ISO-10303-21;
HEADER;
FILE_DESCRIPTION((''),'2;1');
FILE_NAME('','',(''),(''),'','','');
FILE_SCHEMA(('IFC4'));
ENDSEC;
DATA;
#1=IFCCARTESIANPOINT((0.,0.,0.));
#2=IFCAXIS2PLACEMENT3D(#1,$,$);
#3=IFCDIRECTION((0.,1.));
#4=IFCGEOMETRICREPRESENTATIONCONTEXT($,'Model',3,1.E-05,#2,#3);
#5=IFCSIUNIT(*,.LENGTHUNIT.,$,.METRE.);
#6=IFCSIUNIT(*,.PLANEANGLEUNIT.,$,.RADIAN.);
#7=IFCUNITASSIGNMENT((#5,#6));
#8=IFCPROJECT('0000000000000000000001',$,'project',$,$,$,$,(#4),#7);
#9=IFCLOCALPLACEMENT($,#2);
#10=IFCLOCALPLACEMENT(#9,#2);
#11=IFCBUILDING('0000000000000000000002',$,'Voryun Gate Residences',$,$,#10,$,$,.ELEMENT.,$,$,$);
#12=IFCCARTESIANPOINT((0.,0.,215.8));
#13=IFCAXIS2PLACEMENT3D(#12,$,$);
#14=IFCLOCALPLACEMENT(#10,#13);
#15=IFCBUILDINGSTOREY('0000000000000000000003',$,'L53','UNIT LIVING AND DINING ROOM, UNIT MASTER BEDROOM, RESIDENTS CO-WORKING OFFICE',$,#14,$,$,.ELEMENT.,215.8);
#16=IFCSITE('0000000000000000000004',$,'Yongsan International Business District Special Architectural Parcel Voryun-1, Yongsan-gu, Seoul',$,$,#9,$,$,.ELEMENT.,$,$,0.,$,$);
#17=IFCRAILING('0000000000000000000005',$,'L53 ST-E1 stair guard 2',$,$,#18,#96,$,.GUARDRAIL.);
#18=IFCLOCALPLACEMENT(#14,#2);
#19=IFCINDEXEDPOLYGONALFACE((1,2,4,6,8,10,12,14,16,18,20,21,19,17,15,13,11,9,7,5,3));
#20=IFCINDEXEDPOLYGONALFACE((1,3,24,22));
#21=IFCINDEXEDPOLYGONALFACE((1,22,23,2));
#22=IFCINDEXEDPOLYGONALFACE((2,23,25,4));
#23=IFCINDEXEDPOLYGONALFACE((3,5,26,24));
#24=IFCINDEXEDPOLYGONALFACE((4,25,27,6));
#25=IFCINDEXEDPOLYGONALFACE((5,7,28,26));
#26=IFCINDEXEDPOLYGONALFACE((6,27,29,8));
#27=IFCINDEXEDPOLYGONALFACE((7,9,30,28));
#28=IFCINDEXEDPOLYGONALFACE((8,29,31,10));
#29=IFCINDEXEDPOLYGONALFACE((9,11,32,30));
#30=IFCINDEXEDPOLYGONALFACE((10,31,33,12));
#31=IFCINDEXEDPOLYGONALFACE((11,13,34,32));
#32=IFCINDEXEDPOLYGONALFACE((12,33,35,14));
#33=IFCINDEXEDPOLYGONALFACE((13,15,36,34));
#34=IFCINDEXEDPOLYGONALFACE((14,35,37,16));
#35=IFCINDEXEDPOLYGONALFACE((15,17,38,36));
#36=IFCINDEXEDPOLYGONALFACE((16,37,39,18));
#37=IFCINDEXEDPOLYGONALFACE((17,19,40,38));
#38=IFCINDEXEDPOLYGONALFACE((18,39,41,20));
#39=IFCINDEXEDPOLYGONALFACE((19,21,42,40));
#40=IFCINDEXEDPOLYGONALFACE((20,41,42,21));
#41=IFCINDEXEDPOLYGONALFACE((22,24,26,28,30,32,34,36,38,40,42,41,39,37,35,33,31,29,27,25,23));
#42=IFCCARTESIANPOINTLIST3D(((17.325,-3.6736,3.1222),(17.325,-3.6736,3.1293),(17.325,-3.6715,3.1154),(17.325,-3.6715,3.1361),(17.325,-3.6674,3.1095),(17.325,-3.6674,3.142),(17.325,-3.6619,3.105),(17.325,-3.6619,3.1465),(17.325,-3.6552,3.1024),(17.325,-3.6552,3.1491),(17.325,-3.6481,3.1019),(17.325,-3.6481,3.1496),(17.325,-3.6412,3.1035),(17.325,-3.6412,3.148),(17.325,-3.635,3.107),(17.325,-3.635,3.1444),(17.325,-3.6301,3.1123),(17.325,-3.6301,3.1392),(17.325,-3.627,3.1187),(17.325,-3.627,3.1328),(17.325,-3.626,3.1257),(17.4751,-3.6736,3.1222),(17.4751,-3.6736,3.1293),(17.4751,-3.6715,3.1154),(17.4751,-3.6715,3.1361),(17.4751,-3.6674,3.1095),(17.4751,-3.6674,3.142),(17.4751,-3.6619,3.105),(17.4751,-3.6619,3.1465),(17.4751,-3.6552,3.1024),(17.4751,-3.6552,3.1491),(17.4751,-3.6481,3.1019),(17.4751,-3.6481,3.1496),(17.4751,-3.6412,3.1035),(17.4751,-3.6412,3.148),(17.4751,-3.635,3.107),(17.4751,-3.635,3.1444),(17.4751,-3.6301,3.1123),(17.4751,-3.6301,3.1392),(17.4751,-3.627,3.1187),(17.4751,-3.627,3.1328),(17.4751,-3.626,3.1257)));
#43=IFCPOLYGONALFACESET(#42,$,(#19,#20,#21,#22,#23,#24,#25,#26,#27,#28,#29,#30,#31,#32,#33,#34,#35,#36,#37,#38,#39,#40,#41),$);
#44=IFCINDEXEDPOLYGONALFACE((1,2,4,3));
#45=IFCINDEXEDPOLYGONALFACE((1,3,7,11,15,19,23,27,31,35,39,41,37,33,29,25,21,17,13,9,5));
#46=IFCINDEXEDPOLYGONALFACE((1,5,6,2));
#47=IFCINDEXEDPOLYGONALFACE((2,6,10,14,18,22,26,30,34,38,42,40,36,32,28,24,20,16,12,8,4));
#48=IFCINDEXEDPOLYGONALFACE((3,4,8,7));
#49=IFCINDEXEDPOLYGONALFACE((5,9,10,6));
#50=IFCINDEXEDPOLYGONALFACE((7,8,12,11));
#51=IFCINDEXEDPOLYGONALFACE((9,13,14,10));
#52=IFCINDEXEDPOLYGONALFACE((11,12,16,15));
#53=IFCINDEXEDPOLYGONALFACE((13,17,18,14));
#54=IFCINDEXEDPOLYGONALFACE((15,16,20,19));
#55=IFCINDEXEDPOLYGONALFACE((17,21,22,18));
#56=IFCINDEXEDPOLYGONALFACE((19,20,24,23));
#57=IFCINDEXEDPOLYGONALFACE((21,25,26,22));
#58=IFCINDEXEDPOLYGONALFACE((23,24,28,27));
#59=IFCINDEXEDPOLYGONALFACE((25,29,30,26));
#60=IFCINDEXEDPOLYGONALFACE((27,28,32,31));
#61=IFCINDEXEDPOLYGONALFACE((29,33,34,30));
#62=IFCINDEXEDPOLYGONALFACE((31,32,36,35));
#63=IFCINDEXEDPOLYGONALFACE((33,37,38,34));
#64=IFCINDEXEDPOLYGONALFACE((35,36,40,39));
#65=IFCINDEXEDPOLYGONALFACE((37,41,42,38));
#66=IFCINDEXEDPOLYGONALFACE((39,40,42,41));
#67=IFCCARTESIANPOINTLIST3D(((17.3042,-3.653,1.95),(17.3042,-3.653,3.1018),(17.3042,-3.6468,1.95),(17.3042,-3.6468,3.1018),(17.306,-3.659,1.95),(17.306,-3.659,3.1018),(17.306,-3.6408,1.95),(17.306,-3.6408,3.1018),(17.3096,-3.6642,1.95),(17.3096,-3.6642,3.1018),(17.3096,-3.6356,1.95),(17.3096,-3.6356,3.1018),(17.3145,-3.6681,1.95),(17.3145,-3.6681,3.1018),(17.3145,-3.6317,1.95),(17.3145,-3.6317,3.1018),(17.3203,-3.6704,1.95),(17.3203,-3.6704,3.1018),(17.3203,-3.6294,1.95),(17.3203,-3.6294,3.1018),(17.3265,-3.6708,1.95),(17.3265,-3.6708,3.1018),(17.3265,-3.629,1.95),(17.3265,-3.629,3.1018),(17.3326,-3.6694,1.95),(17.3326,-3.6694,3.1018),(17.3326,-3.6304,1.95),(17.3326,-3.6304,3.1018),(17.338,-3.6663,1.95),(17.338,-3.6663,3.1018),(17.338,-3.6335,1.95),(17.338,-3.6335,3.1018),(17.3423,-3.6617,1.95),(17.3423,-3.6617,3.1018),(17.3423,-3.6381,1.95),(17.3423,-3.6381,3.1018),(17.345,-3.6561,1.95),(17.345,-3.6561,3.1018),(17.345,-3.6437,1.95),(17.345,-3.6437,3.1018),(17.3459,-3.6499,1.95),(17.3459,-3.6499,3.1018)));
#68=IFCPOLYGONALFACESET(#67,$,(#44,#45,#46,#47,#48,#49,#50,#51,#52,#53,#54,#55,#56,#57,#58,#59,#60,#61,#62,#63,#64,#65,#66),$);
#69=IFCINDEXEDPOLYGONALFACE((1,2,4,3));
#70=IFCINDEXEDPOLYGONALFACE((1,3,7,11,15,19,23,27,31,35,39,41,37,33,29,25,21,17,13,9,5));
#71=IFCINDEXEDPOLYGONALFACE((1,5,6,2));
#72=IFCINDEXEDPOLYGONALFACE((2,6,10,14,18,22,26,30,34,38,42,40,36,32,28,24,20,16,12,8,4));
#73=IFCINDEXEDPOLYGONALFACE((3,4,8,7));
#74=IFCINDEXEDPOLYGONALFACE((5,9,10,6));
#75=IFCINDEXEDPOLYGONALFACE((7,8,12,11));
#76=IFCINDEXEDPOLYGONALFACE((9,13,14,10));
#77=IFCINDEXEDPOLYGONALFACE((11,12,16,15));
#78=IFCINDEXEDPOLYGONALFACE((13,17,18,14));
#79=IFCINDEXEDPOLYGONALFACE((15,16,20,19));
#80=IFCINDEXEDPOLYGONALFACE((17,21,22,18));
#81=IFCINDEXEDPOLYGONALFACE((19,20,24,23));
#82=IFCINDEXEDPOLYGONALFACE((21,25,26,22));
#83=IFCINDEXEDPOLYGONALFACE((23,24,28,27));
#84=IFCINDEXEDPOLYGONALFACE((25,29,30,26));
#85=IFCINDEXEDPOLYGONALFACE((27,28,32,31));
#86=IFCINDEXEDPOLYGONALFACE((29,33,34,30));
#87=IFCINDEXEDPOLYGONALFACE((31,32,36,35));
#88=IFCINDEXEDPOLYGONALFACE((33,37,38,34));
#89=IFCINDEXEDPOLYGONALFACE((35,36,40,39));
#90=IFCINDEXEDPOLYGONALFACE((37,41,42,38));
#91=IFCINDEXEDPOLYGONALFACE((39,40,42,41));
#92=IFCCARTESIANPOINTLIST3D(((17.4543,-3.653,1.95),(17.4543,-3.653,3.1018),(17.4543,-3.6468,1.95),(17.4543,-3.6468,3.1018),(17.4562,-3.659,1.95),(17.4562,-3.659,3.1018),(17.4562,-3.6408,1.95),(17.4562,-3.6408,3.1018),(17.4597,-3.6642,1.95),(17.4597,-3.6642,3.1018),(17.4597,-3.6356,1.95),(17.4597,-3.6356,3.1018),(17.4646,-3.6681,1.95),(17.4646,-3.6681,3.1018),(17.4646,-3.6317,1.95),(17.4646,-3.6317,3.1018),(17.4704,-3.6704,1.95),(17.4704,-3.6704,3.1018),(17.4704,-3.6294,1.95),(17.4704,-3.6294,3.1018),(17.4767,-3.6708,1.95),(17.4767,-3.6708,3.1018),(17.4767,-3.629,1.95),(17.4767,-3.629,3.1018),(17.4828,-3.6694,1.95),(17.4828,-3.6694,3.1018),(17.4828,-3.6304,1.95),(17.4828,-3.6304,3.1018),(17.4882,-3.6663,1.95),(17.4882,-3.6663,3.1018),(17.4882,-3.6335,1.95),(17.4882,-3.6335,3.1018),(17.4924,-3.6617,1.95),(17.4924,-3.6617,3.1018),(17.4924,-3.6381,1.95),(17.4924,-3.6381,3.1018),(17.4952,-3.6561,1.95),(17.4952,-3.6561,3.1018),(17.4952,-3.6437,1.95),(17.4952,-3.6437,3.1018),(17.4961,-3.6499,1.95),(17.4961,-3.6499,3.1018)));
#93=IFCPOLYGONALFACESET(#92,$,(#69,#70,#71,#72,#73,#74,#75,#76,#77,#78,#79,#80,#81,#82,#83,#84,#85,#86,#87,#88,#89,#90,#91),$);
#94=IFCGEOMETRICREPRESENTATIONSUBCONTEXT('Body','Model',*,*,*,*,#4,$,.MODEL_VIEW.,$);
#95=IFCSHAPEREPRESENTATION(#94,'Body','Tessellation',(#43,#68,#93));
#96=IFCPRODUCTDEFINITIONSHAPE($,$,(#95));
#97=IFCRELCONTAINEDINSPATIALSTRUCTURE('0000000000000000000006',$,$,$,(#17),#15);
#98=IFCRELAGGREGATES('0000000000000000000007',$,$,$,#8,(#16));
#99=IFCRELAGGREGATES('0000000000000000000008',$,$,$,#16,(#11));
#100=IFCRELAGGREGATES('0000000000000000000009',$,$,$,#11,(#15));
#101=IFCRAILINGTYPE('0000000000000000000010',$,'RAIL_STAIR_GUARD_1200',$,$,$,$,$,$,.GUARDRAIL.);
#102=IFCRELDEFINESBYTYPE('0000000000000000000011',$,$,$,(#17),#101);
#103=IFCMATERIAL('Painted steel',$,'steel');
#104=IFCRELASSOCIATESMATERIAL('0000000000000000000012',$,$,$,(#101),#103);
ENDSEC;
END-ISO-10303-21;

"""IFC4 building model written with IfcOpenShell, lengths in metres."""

from ifc_helpers import new_model, si_unit, direction, frame, origin, origin_2d, place, context, subcontext, project, spatial, circle, extrude, material, type_object, element, save


model = new_model("IFC4")

# Units and contexts
model_context = context("Model", 3, precision=1e-05, world=origin(), true_north=direction((0.0, 1.0)))
body_context = subcontext(model_context, "Body", "Model", "MODEL_VIEW")
ifc_project = project(units=[si_unit("LENGTHUNIT", "METRE"), si_unit("PLANEANGLEUNIT", "RADIAN")], contexts=[model_context])

# Site, building, storey
site_placement = place(None, origin())
site = spatial("IfcSite", under=ifc_project, at=site_placement, Name="Yongsan International Business District Special Architectural Parcel Voryun-1, Yongsan-gu, Seoul", CompositionType="ELEMENT", RefElevation=0.0)
building_placement = place(site_placement, origin())
building = spatial("IfcBuilding", under=site, at=building_placement, Name="Voryun Gate Residences", CompositionType="ELEMENT")
storey_placement = place(building_placement, frame((0.0, 0.0, 215.8)))
storey = spatial("IfcBuildingStorey", under=building, at=storey_placement, Name="L53", Description="UNIT LIVING AND DINING ROOM, UNIT MASTER BEDROOM, RESIDENTS CO-WORKING OFFICE", CompositionType="ELEMENT", Elevation=215.8)

# Railing
ifc_material_1 = material(Name="Painted steel", Category="steel")
railing_type_1 = type_object("IfcRailingType", Name="RAIL_STAIR_GUARD_1200", PredefinedType="GUARDRAIL", material=ifc_material_1)
railing_1_placement = place(storey_placement, frame((17.325, -3.6499, 1.95)))
element("IfcRailing", 1, at=railing_1_placement, inside=storey, type_object=railing_type_1, Name="L53 ST-E1 stair guard 2", PredefinedType="GUARDRAIL", context=body_context, shape_type="SweptSolid", body=[
    extrude(circle(Radius=0.0239, at=origin_2d()), frame((0.0, 0.0, 1.1758), z_axis=(1.0, 0.0, 0.0), x_axis=(0.0, 1.0, 0.0)), (0.0, 0.0, 1.0), 0.1501),
    extrude(circle(Radius=0.021, at=origin_2d()), origin(), (0.0, 0.0, 1.0), 1.1519),
    extrude(circle(Radius=0.021, at=origin_2d()), frame((0.1501, 0.0, 0.0)), (0.0, 0.0, 1.0), 1.1519),
])

save(model, "model.ifc")
